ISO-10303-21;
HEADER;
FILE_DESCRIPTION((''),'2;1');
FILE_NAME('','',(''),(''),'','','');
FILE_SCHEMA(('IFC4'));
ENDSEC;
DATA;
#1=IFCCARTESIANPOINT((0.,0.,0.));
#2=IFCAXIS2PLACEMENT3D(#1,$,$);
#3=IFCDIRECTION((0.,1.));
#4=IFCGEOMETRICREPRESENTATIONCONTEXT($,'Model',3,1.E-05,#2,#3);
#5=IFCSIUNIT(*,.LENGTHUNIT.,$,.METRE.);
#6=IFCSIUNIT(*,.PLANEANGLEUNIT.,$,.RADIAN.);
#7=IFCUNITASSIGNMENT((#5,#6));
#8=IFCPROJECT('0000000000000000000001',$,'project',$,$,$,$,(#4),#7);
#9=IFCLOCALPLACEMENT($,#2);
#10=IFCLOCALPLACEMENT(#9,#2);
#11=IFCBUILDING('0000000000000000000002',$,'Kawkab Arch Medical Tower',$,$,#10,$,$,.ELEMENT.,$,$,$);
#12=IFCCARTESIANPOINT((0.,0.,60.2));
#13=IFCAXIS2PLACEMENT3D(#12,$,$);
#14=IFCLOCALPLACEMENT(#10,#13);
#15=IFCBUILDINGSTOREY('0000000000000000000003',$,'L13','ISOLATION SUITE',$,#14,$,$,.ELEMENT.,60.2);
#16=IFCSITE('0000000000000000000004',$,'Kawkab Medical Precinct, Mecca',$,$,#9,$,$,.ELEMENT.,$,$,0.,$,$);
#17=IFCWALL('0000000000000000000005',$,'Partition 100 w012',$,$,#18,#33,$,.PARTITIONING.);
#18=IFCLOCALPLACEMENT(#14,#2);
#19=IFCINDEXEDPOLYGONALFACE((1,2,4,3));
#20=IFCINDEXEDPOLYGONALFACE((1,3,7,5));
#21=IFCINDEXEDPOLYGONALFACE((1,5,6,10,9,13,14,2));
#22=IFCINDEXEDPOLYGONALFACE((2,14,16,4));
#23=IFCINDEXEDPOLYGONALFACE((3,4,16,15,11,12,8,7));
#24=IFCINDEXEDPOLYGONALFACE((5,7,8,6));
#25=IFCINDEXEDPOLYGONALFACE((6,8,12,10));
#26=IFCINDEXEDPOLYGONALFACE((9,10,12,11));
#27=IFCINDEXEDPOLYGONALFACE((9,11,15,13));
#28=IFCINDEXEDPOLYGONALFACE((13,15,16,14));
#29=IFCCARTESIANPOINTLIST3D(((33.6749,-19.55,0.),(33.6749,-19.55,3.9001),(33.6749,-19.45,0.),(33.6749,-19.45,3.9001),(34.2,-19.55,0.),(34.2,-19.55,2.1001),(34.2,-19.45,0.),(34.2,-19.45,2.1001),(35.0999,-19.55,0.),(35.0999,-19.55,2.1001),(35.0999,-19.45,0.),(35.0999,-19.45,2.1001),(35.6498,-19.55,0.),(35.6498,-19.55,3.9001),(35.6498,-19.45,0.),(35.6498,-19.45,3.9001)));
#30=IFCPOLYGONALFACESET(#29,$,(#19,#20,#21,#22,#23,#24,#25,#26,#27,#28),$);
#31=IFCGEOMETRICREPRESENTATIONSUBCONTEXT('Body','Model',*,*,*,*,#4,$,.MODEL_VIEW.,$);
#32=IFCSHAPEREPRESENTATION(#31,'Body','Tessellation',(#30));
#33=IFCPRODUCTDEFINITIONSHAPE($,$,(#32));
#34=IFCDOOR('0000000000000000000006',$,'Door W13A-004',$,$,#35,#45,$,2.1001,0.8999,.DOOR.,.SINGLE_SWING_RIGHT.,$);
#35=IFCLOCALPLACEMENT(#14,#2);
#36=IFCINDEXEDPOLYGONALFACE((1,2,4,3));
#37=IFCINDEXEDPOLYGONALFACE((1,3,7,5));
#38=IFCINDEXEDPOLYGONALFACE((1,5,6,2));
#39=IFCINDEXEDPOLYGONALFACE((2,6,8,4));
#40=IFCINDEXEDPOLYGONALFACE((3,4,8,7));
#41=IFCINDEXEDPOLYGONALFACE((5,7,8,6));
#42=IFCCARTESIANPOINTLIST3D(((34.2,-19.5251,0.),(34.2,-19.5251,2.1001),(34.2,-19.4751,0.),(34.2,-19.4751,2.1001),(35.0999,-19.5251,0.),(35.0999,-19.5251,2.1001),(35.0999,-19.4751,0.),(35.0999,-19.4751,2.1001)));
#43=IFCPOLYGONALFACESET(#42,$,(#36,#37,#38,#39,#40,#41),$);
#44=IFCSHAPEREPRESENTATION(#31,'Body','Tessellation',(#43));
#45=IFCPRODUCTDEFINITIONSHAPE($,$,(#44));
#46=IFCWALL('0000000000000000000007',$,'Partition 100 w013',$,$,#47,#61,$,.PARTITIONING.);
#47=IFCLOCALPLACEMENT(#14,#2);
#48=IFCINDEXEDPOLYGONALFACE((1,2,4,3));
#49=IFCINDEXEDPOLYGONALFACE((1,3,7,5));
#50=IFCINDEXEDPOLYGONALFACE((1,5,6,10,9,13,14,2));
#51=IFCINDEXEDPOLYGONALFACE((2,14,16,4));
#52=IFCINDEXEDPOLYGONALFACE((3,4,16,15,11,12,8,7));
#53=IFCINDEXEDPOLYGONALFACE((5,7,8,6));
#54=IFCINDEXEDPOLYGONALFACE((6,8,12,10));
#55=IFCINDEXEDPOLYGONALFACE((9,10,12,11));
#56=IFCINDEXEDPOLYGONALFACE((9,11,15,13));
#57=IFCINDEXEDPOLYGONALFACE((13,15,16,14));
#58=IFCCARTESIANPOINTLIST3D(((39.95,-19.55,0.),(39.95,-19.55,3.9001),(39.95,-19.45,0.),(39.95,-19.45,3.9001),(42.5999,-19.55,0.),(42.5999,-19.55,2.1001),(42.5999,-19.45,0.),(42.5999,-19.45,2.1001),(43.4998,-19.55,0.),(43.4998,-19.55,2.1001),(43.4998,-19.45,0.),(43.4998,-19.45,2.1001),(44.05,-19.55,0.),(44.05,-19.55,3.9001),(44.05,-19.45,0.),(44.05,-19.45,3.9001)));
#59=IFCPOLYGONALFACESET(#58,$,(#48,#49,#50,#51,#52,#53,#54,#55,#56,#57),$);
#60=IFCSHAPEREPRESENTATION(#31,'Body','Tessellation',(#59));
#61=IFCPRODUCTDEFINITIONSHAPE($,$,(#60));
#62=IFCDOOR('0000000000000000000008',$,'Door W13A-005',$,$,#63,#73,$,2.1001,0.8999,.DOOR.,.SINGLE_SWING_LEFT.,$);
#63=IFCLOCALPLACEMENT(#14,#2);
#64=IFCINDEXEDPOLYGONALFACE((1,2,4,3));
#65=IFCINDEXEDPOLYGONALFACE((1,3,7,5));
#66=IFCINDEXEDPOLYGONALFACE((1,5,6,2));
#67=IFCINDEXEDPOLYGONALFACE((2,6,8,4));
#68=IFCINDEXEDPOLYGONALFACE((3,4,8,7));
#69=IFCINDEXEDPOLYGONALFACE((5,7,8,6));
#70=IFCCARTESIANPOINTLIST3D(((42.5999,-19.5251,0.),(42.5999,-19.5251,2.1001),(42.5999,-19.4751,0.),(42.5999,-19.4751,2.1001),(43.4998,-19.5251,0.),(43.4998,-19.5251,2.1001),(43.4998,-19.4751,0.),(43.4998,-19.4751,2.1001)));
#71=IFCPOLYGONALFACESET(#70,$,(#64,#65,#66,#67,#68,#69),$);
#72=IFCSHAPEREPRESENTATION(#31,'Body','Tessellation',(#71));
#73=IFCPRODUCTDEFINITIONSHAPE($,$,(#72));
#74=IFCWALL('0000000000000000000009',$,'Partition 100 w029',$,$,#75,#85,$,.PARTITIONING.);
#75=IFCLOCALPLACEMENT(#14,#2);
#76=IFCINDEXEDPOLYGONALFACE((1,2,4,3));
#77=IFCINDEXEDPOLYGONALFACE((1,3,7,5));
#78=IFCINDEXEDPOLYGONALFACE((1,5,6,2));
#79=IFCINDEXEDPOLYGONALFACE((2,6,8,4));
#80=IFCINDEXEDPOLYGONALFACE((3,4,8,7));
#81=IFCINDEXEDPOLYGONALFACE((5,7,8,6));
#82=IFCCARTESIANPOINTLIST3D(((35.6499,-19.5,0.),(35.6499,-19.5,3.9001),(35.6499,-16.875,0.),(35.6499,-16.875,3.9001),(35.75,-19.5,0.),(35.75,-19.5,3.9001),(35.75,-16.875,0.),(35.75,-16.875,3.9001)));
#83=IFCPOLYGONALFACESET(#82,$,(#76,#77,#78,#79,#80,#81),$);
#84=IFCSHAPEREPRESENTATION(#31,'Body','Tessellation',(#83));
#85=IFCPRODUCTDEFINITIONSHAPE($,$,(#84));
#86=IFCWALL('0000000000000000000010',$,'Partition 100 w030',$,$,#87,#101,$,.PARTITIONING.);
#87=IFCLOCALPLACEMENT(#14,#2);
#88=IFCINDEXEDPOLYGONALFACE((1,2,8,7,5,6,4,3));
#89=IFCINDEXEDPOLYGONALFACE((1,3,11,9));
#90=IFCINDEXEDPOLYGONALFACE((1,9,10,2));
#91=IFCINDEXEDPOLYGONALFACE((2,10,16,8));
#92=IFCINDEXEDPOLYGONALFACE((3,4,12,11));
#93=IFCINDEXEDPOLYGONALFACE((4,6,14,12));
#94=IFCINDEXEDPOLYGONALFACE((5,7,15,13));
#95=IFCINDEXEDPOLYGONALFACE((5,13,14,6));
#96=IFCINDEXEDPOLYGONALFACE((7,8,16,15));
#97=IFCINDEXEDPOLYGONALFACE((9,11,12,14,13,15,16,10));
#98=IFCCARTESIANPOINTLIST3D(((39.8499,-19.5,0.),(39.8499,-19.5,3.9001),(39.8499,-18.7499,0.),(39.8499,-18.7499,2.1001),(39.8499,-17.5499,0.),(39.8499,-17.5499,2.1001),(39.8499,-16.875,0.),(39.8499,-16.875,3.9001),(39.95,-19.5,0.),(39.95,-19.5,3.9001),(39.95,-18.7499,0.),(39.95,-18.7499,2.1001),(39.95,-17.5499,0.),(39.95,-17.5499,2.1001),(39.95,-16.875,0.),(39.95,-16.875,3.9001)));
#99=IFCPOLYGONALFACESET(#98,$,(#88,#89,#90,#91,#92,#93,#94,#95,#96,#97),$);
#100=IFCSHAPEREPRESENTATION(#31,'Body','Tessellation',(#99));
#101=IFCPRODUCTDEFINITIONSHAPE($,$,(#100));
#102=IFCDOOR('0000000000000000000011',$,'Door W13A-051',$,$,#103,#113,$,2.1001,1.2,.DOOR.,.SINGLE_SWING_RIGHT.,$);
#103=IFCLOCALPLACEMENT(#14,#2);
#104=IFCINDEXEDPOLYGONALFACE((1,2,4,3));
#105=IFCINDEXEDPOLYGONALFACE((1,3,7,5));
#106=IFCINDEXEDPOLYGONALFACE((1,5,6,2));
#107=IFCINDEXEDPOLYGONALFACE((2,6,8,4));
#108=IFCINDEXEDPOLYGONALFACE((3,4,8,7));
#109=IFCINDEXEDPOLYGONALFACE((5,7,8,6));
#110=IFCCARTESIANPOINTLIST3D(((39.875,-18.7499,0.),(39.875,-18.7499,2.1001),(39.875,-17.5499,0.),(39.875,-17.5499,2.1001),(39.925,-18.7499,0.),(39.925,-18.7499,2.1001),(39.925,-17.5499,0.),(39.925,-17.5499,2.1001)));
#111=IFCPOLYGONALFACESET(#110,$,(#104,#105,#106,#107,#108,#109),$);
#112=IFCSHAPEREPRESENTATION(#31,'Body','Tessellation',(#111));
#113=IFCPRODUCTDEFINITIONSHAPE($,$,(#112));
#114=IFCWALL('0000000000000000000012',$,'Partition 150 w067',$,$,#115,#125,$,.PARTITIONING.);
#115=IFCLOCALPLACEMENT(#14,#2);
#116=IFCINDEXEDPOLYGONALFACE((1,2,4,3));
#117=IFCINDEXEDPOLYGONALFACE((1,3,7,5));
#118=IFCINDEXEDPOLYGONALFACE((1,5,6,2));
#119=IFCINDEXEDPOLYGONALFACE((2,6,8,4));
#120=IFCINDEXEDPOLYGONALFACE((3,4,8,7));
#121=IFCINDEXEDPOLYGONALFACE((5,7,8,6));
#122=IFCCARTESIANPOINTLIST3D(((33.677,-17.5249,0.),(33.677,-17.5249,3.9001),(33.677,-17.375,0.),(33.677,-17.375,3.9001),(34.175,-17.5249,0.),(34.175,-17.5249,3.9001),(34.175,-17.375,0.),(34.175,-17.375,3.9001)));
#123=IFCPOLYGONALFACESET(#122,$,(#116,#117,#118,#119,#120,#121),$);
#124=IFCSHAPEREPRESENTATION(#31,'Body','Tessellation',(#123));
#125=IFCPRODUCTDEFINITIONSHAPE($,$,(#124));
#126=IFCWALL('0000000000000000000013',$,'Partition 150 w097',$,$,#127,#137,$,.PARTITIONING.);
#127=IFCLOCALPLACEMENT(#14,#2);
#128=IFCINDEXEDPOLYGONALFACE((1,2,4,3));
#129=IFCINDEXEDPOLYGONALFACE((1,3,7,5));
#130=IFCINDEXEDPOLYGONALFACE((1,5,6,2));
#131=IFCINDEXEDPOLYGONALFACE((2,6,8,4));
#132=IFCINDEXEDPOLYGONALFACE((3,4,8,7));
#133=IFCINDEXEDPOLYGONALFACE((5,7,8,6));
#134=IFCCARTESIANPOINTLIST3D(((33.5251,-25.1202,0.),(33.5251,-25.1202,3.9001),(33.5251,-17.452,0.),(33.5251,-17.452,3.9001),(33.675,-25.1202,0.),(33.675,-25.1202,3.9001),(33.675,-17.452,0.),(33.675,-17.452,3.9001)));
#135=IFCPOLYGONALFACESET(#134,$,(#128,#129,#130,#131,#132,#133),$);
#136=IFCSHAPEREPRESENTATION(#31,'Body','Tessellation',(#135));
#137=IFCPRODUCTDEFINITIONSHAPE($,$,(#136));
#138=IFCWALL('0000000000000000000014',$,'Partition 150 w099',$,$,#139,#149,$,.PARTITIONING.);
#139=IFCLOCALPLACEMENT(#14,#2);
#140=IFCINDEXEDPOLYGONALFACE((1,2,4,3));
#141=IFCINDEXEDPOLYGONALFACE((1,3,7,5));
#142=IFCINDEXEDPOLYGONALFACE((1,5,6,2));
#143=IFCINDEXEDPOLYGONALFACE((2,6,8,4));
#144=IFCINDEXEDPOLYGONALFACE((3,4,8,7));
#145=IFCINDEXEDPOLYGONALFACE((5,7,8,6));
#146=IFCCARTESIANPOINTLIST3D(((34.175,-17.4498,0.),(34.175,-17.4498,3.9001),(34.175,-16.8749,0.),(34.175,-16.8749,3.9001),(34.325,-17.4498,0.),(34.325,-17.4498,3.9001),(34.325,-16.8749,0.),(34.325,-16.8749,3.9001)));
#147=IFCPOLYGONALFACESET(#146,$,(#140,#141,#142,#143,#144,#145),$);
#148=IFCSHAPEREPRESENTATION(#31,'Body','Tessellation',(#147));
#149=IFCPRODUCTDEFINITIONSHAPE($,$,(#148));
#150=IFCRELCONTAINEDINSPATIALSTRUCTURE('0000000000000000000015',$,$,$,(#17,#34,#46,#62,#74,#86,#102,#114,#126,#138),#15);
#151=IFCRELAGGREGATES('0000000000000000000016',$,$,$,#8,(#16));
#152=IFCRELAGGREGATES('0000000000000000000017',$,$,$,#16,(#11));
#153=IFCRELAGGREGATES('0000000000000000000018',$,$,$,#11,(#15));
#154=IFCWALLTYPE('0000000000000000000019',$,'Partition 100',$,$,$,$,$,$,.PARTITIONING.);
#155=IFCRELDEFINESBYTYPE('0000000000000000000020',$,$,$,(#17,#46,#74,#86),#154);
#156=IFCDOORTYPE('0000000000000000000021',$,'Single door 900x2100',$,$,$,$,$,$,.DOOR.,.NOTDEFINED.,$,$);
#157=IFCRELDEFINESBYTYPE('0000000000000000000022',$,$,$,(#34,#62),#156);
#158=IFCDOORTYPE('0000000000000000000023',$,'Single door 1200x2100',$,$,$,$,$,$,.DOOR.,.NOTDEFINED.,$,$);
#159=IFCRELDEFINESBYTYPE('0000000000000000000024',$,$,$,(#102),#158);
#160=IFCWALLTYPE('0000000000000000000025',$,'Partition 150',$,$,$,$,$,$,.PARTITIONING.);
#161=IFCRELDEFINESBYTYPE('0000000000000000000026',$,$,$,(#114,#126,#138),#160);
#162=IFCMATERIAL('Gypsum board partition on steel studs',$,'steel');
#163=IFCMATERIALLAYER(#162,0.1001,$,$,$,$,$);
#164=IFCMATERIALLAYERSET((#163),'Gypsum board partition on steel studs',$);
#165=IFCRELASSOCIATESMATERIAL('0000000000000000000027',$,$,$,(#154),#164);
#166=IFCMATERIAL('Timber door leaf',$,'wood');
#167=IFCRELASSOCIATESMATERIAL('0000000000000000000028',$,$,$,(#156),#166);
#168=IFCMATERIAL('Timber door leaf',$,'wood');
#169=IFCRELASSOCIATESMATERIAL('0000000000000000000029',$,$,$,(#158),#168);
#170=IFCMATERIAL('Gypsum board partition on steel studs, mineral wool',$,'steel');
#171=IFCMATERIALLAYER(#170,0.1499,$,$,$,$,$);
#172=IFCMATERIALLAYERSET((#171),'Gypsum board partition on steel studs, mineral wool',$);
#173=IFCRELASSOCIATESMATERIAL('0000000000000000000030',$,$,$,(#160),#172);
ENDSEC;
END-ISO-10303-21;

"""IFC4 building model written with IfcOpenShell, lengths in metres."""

from ifc_helpers import new_model, si_unit, direction, frame, frame_2d, origin, place, context, subcontext, project, spatial, rectangle, extrude, material, layer, layer_set, type_object, element, fill, save


model = new_model("IFC4")

# Units and contexts
model_context = context("Model", 3, precision=1e-05, world=origin(), true_north=direction((0.0, 1.0)))
body_context = subcontext(model_context, "Body", "Model", "MODEL_VIEW")
ifc_project = project(units=[si_unit("LENGTHUNIT", "METRE"), si_unit("PLANEANGLEUNIT", "RADIAN")], contexts=[model_context])

# Site, building, storey
site_placement = place(None, origin())
site = spatial("IfcSite", under=ifc_project, at=site_placement, Name="Kawkab Medical Precinct, Mecca", CompositionType="ELEMENT", RefElevation=0.0)
building_placement = place(site_placement, origin())
building = spatial("IfcBuilding", under=site, at=building_placement, Name="Kawkab Arch Medical Tower", CompositionType="ELEMENT")
storey_placement = place(building_placement, frame((0.0, 0.0, 60.2)))
storey = spatial("IfcBuildingStorey", under=building, at=storey_placement, Name="L13", Description="ISOLATION SUITE", CompositionType="ELEMENT", Elevation=60.2)

# Walls, openings, doors
ifc_material_1 = material(Name="Gypsum board partition on steel studs", Category="steel")
ifc_layer_1 = layer(ifc_material_1, 0.1001)
ifc_layer_set_1 = layer_set([ifc_layer_1], Name="Gypsum board partition on steel studs")
wall_type_1 = type_object("IfcWallType", Name="Partition 100", PredefinedType="PARTITIONING", material=ifc_layer_set_1)
wall_1_placement = place(storey_placement, frame((33.675, -19.5, 0.0), z_axis=(0.0, 0.0, 1.0), x_axis=(1.0, 0.0, 0.0)))
wall_1 = element("IfcWall", 1, at=wall_1_placement, inside=storey, type_object=wall_type_1, Name="Partition 100 w012", PredefinedType="PARTITIONING", context=body_context, shape_type="SweptSolid", body=[
    extrude(rectangle(XDim=1.9749, YDim=0.1001, at=frame_2d((0.9873, 0.0))), origin(), (0.0, 0.0, 1.0), 3.9001),
])
opening_1_placement = place(wall_1_placement, frame((0.5249, 0.0, 0.0)))
opening_1 = element("IfcOpeningElement", 2, at=opening_1_placement, cuts=wall_1, PredefinedType="OPENING", context=body_context, shape_type="SweptSolid", body=[
    extrude(rectangle(XDim=0.8999, YDim=2.1001, at=frame_2d((0.45, 1.05))), frame((0.0, 0.0601, 0.0), z_axis=(0.0, -1.0, 0.0), x_axis=(1.0, 0.0, 0.0)), (0.0, 0.0, 1.0), 0.1201),
])
ifc_material_2 = material(Name="Timber door leaf", Category="wood")
door_type_1 = type_object("IfcDoorType", Name="Single door 900x2100", OperationType="NOTDEFINED", PredefinedType="DOOR", material=ifc_material_2)
door_1_placement = place(opening_1_placement, origin())
door_1 = element("IfcDoor", 3, at=door_1_placement, inside=storey, type_object=door_type_1, Name="Door W13A-004", OperationType="SINGLE_SWING_RIGHT", OverallHeight=2.1001, OverallWidth=0.8999, PredefinedType="DOOR", context=body_context, shape_type="SweptSolid", body=[
    extrude(rectangle(XDim=0.8999, YDim=2.1001, at=frame_2d((0.45, 1.05))), frame((0.0, 0.0249, 0.0), z_axis=(0.0, -1.0, 0.0), x_axis=(1.0, 0.0, 0.0)), (0.0, 0.0, 1.0), 0.05),
])
fill(opening_1, door_1)
wall_2_placement = place(storey_placement, frame((39.95, -19.5, 0.0), z_axis=(0.0, 0.0, 1.0), x_axis=(1.0, 0.0, 0.0)))
wall_2 = element("IfcWall", 4, at=wall_2_placement, inside=storey, type_object=wall_type_1, Name="Partition 100 w013", PredefinedType="PARTITIONING", context=body_context, shape_type="SweptSolid", body=[
    extrude(rectangle(XDim=4.1001, YDim=0.1001, at=frame_2d((2.05, 0.0))), origin(), (0.0, 0.0, 1.0), 3.9001),
])
opening_2_placement = place(wall_2_placement, frame((2.6499, 0.0, 0.0)))
opening_2 = element("IfcOpeningElement", 5, at=opening_2_placement, cuts=wall_2, PredefinedType="OPENING", context=body_context, shape_type="SweptSolid", body=[
    extrude(rectangle(XDim=0.8999, YDim=2.1001, at=frame_2d((0.45, 1.05))), frame((0.0, 0.0601, 0.0), z_axis=(0.0, -1.0, 0.0), x_axis=(1.0, 0.0, 0.0)), (0.0, 0.0, 1.0), 0.1201),
])
door_2_placement = place(opening_2_placement, origin())
door_2 = element("IfcDoor", 6, at=door_2_placement, inside=storey, type_object=door_type_1, Name="Door W13A-005", OperationType="SINGLE_SWING_LEFT", OverallHeight=2.1001, OverallWidth=0.8999, PredefinedType="DOOR", context=body_context, shape_type="SweptSolid", body=[
    extrude(rectangle(XDim=0.8999, YDim=2.1001, at=frame_2d((0.45, 1.05))), frame((0.0, 0.0249, 0.0), z_axis=(0.0, -1.0, 0.0), x_axis=(1.0, 0.0, 0.0)), (0.0, 0.0, 1.0), 0.05),
])
fill(opening_2, door_2)

# Wall
wall_3_placement = place(storey_placement, frame((35.7, -19.5, 0.0), z_axis=(0.0, 0.0, 1.0), x_axis=(0.0, 1.0, 0.0)))
element("IfcWall", 7, at=wall_3_placement, inside=storey, type_object=wall_type_1, Name="Partition 100 w029", PredefinedType="PARTITIONING", context=body_context, shape_type="SweptSolid", body=[
    extrude(rectangle(XDim=2.625, YDim=0.1001, at=frame_2d((1.3125, 0.0))), origin(), (0.0, 0.0, 1.0), 3.9001),
])

# Wall, opening, door
wall_4_placement = place(storey_placement, frame((39.8999, -19.5, 0.0), z_axis=(0.0, 0.0, 1.0), x_axis=(0.0, 1.0, 0.0)))
wall_4 = element("IfcWall", 8, at=wall_4_placement, inside=storey, type_object=wall_type_1, Name="Partition 100 w030", PredefinedType="PARTITIONING", context=body_context, shape_type="SweptSolid", body=[
    extrude(rectangle(XDim=2.625, YDim=0.1001, at=frame_2d((1.3125, 0.0))), origin(), (0.0, 0.0, 1.0), 3.9001),
])
opening_3_placement = place(wall_4_placement, frame((0.75, 0.0, 0.0)))
opening_3 = element("IfcOpeningElement", 9, at=opening_3_placement, cuts=wall_4, PredefinedType="OPENING", context=body_context, shape_type="SweptSolid", body=[
    extrude(rectangle(XDim=1.2, YDim=2.1001, at=frame_2d((0.6001, 1.05))), frame((0.0, 0.0601, 0.0), z_axis=(0.0, -1.0, 0.0), x_axis=(1.0, 0.0, 0.0)), (0.0, 0.0, 1.0), 0.1201),
])
ifc_material_3 = material(Name="Timber door leaf", Category="wood")
door_type_2 = type_object("IfcDoorType", Name="Single door 1200x2100", OperationType="NOTDEFINED", PredefinedType="DOOR", material=ifc_material_3)
door_3_placement = place(opening_3_placement, origin())
door_3 = element("IfcDoor", 10, at=door_3_placement, inside=storey, type_object=door_type_2, Name="Door W13A-051", OperationType="SINGLE_SWING_RIGHT", OverallHeight=2.1001, OverallWidth=1.2, PredefinedType="DOOR", context=body_context, shape_type="SweptSolid", body=[
    extrude(rectangle(XDim=1.2, YDim=2.1001, at=frame_2d((0.6001, 1.05))), frame((0.0, 0.0249, 0.0), z_axis=(0.0, -1.0, 0.0), x_axis=(1.0, 0.0, 0.0)), (0.0, 0.0, 1.0), 0.05),
])
fill(opening_3, door_3)

# Walls
ifc_material_4 = material(Name="Gypsum board partition on steel studs, mineral wool", Category="steel")
ifc_layer_2 = layer(ifc_material_4, 0.1499)
ifc_layer_set_2 = layer_set([ifc_layer_2], Name="Gypsum board partition on steel studs, mineral wool")
wall_type_2 = type_object("IfcWallType", Name="Partition 150", PredefinedType="PARTITIONING", material=ifc_layer_set_2)
wall_5_placement = place(storey_placement, frame((33.677, -17.45, 0.0), z_axis=(0.0, 0.0, 1.0), x_axis=(1.0, 0.0, 0.0)))
element("IfcWall", 11, at=wall_5_placement, inside=storey, type_object=wall_type_2, Name="Partition 150 w067", PredefinedType="PARTITIONING", context=body_context, shape_type="SweptSolid", body=[
    extrude(rectangle(XDim=0.498, YDim=0.1499, at=frame_2d((0.249, 0.0))), origin(), (0.0, 0.0, 1.0), 3.9001),
])
wall_6_placement = place(storey_placement, frame((33.6001, -25.1201, 0.0), z_axis=(0.0, 0.0, 1.0), x_axis=(0.0, 1.0, 0.0)))
element("IfcWall", 12, at=wall_6_placement, inside=storey, type_object=wall_type_2, Name="Partition 150 w097", PredefinedType="PARTITIONING", context=body_context, shape_type="SweptSolid", body=[
    extrude(rectangle(XDim=7.6682, YDim=0.1499, at=frame_2d((3.834, 0.0))), origin(), (0.0, 0.0, 1.0), 3.9001),
])
wall_7_placement = place(storey_placement, frame((34.25, -17.45, 0.0), z_axis=(0.0, 0.0, 1.0), x_axis=(0.0, 1.0, 0.0)))
element("IfcWall", 13, at=wall_7_placement, inside=storey, type_object=wall_type_2, Name="Partition 150 w099", PredefinedType="PARTITIONING", context=body_context, shape_type="SweptSolid", body=[
    extrude(rectangle(XDim=0.575, YDim=0.1499, at=frame_2d((0.2876, 0.0))), origin(), (0.0, 0.0, 1.0), 3.9001),
])

save(model, "model.ifc")
